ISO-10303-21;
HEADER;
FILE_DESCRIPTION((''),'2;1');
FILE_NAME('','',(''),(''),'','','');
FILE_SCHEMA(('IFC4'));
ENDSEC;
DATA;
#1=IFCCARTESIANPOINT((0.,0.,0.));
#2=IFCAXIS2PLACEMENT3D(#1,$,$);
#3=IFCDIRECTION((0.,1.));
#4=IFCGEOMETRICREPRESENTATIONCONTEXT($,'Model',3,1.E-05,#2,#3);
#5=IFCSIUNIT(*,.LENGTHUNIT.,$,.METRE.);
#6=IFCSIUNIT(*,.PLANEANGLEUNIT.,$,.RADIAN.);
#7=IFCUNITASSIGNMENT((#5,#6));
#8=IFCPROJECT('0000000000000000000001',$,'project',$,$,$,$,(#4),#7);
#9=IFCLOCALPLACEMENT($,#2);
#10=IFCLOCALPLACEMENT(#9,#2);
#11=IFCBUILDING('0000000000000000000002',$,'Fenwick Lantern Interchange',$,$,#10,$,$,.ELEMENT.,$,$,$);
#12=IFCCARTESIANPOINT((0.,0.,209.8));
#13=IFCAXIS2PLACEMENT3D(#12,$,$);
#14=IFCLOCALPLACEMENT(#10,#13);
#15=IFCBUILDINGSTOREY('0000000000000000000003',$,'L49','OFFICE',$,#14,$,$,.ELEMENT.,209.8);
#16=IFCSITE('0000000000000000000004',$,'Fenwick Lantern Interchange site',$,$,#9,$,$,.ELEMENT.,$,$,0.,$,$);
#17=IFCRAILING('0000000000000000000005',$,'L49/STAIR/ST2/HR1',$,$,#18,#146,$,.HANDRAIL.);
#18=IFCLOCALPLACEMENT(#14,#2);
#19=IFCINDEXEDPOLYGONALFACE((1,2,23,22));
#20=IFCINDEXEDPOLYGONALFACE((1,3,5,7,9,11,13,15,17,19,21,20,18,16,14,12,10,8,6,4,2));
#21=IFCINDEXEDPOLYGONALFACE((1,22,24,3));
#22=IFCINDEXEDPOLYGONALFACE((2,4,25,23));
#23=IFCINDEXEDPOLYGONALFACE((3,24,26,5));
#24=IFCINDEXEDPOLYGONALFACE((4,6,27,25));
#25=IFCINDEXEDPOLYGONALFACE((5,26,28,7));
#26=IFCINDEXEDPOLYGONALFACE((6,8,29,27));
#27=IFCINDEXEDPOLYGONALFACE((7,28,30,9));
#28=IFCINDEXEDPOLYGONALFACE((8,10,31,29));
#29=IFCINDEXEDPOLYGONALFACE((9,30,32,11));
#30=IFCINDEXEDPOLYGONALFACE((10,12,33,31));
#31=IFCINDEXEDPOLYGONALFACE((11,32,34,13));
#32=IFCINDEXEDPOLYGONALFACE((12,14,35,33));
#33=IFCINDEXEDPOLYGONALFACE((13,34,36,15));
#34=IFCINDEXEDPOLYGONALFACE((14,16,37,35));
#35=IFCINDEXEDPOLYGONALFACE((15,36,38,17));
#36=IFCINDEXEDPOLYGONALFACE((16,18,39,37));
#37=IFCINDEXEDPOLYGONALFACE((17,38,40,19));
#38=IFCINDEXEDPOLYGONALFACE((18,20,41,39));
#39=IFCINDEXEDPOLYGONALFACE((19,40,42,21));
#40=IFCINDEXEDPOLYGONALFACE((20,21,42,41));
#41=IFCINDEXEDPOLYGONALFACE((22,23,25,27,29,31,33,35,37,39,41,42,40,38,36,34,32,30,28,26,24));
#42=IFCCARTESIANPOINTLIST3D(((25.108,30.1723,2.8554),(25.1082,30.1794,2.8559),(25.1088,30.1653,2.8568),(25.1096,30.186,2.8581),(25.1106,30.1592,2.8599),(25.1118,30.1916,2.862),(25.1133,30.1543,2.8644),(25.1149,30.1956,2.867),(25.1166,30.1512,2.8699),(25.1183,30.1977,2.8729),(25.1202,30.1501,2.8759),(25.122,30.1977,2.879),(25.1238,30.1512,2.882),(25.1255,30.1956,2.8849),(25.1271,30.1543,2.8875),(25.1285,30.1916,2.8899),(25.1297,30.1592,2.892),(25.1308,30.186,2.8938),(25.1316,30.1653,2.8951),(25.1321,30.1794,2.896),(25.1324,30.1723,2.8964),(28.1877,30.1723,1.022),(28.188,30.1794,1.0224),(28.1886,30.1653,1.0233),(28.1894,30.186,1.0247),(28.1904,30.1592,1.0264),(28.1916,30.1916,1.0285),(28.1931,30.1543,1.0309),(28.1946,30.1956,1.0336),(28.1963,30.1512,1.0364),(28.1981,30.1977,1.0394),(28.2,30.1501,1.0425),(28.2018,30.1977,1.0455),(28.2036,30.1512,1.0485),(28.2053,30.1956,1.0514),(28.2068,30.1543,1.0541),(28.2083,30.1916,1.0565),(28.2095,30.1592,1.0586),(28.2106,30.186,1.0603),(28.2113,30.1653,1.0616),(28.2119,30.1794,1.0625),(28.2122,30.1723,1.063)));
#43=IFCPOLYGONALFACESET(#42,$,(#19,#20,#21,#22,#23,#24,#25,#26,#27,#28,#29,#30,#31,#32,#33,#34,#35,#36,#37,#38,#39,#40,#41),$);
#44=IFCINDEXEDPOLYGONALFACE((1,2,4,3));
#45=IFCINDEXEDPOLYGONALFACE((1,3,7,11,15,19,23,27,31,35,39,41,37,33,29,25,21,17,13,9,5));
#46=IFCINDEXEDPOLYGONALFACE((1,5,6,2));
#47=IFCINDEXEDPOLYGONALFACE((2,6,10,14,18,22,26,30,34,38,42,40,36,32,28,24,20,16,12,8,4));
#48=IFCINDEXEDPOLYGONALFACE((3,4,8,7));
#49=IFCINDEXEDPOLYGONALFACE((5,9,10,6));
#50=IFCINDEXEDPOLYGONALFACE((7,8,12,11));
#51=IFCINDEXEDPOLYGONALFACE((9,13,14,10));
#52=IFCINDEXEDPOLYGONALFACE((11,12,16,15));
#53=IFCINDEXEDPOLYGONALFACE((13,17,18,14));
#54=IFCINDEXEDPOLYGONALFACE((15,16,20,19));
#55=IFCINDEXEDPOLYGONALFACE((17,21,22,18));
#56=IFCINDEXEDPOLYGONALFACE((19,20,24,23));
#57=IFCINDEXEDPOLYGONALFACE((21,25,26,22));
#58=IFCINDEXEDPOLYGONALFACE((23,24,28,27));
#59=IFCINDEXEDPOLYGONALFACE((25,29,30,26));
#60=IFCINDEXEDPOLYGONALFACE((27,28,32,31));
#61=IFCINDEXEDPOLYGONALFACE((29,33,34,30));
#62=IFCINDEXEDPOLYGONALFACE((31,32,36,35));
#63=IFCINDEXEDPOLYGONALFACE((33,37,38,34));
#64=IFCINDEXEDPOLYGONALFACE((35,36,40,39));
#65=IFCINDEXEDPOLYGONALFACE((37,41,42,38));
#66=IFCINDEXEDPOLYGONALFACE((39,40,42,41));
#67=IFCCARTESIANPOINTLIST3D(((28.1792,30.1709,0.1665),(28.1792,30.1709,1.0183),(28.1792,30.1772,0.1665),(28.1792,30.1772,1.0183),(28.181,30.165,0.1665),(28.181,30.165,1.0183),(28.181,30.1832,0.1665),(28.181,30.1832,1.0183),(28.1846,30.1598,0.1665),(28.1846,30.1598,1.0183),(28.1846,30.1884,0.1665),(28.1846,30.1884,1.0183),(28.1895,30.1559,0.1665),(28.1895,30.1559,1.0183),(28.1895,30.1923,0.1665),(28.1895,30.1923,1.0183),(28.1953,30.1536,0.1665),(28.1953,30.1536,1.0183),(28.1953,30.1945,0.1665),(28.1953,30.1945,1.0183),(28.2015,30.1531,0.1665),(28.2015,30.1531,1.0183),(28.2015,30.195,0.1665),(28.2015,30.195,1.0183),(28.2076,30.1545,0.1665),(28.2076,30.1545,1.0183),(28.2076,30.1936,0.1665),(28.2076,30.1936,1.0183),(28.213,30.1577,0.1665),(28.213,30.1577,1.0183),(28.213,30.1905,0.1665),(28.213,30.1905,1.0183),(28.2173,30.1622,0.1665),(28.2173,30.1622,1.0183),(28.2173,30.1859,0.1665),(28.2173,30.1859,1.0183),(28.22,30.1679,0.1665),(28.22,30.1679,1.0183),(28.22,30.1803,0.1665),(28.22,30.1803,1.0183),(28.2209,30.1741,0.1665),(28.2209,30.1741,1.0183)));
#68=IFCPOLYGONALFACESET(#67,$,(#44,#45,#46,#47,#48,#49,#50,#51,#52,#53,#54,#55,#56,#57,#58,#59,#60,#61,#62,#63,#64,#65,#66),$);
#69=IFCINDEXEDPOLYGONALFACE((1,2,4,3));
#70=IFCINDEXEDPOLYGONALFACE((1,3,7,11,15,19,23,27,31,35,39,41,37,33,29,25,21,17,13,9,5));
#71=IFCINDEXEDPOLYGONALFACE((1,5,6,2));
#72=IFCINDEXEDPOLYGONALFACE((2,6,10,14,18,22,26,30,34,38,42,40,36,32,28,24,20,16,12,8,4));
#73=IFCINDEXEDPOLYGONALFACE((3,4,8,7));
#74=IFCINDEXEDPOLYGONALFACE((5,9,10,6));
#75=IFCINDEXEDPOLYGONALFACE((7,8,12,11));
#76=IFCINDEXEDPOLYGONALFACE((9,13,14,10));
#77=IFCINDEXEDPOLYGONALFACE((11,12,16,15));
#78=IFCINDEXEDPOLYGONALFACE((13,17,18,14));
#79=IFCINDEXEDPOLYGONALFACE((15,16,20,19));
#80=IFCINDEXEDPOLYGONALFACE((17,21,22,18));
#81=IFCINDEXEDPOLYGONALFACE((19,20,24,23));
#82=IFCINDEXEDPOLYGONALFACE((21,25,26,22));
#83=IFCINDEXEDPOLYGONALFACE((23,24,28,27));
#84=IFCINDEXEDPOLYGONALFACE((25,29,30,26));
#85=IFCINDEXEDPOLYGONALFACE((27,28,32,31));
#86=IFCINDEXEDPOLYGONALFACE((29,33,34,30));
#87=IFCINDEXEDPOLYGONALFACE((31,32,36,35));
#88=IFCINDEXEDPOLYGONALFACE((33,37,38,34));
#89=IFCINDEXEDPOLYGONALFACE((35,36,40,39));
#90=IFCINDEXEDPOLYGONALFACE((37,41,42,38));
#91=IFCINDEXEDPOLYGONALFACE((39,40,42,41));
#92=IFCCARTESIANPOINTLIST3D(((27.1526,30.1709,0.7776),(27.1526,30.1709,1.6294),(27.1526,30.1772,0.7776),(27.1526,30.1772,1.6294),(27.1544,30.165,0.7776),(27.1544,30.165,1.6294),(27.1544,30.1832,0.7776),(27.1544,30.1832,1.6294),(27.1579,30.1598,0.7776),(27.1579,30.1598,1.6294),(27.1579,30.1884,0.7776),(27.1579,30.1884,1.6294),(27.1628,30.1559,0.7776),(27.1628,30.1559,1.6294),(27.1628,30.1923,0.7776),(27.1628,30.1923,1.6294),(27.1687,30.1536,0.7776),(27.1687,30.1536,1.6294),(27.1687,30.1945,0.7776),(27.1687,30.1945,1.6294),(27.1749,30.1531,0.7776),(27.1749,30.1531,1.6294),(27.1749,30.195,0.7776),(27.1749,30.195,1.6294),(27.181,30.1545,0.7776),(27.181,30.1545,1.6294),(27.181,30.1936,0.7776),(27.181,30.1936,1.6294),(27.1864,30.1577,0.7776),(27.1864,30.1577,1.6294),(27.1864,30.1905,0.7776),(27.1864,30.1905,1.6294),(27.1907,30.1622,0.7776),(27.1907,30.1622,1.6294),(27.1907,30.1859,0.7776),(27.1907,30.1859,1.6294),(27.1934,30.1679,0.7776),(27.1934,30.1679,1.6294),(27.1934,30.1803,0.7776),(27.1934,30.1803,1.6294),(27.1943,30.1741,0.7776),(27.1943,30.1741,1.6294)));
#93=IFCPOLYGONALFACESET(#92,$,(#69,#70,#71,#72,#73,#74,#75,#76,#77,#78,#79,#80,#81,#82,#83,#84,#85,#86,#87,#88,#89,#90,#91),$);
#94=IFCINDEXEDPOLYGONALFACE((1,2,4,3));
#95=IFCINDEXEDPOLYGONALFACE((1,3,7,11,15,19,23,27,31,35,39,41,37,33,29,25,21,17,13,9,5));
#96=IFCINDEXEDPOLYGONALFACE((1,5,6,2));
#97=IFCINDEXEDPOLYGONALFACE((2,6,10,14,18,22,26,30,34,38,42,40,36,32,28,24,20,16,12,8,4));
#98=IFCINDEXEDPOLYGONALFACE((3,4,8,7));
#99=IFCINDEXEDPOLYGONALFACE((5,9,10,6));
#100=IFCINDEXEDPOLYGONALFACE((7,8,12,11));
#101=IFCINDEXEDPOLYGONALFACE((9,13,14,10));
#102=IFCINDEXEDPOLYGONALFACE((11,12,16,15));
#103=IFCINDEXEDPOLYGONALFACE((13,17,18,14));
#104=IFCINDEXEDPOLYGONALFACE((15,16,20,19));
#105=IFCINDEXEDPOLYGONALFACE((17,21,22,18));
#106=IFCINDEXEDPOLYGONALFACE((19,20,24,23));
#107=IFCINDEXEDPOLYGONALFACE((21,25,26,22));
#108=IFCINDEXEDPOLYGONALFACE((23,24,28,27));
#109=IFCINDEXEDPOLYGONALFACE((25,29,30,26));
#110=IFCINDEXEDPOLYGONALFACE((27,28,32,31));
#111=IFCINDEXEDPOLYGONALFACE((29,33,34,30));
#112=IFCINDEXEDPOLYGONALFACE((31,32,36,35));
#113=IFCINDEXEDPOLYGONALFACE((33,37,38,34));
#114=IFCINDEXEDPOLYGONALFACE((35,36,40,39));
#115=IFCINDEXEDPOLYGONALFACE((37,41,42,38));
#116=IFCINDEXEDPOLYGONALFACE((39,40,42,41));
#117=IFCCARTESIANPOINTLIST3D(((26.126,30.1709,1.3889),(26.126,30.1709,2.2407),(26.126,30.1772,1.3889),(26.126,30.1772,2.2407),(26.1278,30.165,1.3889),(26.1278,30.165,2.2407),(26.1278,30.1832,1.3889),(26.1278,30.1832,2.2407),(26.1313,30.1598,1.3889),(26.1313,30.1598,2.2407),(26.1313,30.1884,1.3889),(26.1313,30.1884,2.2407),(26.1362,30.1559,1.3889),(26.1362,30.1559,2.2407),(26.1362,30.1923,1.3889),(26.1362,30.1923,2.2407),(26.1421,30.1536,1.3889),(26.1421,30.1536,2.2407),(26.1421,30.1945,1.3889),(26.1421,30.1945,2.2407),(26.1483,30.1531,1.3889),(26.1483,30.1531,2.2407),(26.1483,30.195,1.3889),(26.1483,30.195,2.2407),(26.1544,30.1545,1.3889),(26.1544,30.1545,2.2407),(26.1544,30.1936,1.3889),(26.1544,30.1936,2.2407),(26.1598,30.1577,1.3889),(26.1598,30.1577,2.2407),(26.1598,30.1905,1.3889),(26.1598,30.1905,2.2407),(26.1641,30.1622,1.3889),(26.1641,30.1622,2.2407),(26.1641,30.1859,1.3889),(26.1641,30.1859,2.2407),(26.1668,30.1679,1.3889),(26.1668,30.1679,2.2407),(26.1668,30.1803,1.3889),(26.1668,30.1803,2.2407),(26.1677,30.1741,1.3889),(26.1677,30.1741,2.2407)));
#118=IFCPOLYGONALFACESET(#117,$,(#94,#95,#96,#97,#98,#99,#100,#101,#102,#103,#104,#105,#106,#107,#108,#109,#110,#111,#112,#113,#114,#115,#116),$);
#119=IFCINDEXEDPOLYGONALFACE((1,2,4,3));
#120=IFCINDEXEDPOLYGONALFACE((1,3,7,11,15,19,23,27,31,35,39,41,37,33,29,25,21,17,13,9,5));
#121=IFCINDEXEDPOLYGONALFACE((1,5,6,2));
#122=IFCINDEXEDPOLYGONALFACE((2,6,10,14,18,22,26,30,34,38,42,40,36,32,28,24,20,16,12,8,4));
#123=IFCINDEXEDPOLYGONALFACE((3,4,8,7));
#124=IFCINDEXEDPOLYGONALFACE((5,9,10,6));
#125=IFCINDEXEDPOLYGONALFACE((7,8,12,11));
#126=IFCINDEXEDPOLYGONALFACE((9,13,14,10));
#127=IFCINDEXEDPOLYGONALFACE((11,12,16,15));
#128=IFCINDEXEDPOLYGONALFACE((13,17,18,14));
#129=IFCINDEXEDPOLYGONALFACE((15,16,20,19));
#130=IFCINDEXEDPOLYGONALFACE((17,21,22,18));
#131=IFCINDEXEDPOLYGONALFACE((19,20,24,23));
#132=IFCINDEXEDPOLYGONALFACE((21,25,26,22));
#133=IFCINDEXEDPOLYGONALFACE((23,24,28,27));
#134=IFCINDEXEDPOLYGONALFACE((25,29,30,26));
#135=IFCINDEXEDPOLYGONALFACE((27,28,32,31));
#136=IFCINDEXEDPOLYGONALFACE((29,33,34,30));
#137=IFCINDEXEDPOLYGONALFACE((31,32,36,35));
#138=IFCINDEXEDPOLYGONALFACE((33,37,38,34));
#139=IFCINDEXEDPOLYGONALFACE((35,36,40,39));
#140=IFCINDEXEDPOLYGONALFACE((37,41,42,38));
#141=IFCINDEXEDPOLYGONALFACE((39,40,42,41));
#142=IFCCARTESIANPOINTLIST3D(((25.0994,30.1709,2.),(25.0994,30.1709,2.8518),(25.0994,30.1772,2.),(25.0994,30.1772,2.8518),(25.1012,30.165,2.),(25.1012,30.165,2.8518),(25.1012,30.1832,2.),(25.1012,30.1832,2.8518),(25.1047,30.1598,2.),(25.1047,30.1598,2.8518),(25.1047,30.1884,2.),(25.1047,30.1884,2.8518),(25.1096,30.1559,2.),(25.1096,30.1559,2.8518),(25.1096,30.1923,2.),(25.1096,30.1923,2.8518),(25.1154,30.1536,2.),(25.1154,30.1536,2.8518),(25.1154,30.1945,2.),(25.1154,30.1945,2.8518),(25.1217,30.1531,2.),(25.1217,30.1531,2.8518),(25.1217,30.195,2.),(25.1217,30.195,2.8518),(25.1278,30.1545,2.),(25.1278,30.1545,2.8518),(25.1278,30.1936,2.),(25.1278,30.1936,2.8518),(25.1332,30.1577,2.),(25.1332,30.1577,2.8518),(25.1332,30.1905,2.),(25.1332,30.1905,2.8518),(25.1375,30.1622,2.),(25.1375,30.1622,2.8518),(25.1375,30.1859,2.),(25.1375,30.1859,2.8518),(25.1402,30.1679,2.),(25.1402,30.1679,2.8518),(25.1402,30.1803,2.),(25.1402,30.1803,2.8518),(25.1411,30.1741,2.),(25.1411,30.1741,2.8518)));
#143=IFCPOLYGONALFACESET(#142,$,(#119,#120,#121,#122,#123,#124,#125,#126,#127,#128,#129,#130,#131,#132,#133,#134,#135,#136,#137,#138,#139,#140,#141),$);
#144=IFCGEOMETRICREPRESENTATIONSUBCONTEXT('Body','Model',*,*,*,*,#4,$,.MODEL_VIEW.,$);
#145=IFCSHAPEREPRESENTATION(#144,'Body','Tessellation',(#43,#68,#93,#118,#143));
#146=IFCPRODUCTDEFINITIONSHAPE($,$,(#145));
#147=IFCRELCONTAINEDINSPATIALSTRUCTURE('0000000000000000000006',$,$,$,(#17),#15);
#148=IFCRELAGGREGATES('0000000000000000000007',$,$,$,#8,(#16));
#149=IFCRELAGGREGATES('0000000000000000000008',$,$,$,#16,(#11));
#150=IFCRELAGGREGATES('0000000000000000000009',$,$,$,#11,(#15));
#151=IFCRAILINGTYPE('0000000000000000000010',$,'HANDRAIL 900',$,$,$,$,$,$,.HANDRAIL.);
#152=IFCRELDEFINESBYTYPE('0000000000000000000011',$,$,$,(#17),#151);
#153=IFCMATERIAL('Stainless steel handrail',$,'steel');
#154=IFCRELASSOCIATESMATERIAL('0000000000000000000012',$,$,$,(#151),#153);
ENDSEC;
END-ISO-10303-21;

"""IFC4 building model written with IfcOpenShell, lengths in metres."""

from ifc_helpers import new_model, si_unit, direction, frame, origin, origin_2d, place, context, subcontext, project, spatial, circle, extrude, material, type_object, element, save


model = new_model("IFC4")

# Units and contexts
model_context = context("Model", 3, precision=1e-05, world=origin(), true_north=direction((0.0, 1.0)))
body_context = subcontext(model_context, "Body", "Model", "MODEL_VIEW")
ifc_project = project(units=[si_unit("LENGTHUNIT", "METRE"), si_unit("PLANEANGLEUNIT", "RADIAN")], contexts=[model_context])

# Site, building, storey
site_placement = place(None, origin())
site = spatial("IfcSite", under=ifc_project, at=site_placement, Name="Fenwick Lantern Interchange site", CompositionType="ELEMENT", RefElevation=0.0)
building_placement = place(site_placement, origin())
building = spatial("IfcBuilding", under=site, at=building_placement, Name="Fenwick Lantern Interchange", CompositionType="ELEMENT")
storey_placement = place(building_placement, frame((0.0, 0.0, 209.8)))
storey = spatial("IfcBuildingStorey", under=building, at=storey_placement, Name="L49", Description="OFFICE", CompositionType="ELEMENT", Elevation=209.8)

# Railing
ifc_material_1 = material(Name="Stainless steel handrail", Category="steel")
railing_type = type_object("IfcRailingType", Name="HANDRAIL 900", PredefinedType="HANDRAIL", material=ifc_material_1)
railing_1_placement = place(storey_placement, frame((28.2, 30.1741, 0.1665)))
element("IfcRailing", 1, at=railing_1_placement, inside=storey, type_object=railing_type, Name="L49/STAIR/ST2/HR1", PredefinedType="HANDRAIL", context=body_context, shape_type="SweptSolid", body=[
    extrude(circle(Radius=0.0239, at=origin_2d()), frame((0.0, 0.0, 0.876), z_axis=(-0.859261, 0.0, 0.511538), x_axis=(0.0, -1.0, 0.0)), (0.0, 0.0, 1.0), 3.5842),
    extrude(circle(Radius=0.021, at=origin_2d()), origin(), (0.0, 0.0, 1.0), 0.8518),
    extrude(circle(Radius=0.021, at=origin_2d()), frame((-1.0266, 0.0, 0.6111)), (0.0, 0.0, 1.0), 0.8518),
    extrude(circle(Radius=0.021, at=origin_2d()), frame((-2.0532, 0.0, 1.2224)), (0.0, 0.0, 1.0), 0.8518),
    extrude(circle(Radius=0.021, at=origin_2d()), frame((-3.0798, 0.0, 1.8335)), (0.0, 0.0, 1.0), 0.8518),
])

save(model, "model.ifc")
